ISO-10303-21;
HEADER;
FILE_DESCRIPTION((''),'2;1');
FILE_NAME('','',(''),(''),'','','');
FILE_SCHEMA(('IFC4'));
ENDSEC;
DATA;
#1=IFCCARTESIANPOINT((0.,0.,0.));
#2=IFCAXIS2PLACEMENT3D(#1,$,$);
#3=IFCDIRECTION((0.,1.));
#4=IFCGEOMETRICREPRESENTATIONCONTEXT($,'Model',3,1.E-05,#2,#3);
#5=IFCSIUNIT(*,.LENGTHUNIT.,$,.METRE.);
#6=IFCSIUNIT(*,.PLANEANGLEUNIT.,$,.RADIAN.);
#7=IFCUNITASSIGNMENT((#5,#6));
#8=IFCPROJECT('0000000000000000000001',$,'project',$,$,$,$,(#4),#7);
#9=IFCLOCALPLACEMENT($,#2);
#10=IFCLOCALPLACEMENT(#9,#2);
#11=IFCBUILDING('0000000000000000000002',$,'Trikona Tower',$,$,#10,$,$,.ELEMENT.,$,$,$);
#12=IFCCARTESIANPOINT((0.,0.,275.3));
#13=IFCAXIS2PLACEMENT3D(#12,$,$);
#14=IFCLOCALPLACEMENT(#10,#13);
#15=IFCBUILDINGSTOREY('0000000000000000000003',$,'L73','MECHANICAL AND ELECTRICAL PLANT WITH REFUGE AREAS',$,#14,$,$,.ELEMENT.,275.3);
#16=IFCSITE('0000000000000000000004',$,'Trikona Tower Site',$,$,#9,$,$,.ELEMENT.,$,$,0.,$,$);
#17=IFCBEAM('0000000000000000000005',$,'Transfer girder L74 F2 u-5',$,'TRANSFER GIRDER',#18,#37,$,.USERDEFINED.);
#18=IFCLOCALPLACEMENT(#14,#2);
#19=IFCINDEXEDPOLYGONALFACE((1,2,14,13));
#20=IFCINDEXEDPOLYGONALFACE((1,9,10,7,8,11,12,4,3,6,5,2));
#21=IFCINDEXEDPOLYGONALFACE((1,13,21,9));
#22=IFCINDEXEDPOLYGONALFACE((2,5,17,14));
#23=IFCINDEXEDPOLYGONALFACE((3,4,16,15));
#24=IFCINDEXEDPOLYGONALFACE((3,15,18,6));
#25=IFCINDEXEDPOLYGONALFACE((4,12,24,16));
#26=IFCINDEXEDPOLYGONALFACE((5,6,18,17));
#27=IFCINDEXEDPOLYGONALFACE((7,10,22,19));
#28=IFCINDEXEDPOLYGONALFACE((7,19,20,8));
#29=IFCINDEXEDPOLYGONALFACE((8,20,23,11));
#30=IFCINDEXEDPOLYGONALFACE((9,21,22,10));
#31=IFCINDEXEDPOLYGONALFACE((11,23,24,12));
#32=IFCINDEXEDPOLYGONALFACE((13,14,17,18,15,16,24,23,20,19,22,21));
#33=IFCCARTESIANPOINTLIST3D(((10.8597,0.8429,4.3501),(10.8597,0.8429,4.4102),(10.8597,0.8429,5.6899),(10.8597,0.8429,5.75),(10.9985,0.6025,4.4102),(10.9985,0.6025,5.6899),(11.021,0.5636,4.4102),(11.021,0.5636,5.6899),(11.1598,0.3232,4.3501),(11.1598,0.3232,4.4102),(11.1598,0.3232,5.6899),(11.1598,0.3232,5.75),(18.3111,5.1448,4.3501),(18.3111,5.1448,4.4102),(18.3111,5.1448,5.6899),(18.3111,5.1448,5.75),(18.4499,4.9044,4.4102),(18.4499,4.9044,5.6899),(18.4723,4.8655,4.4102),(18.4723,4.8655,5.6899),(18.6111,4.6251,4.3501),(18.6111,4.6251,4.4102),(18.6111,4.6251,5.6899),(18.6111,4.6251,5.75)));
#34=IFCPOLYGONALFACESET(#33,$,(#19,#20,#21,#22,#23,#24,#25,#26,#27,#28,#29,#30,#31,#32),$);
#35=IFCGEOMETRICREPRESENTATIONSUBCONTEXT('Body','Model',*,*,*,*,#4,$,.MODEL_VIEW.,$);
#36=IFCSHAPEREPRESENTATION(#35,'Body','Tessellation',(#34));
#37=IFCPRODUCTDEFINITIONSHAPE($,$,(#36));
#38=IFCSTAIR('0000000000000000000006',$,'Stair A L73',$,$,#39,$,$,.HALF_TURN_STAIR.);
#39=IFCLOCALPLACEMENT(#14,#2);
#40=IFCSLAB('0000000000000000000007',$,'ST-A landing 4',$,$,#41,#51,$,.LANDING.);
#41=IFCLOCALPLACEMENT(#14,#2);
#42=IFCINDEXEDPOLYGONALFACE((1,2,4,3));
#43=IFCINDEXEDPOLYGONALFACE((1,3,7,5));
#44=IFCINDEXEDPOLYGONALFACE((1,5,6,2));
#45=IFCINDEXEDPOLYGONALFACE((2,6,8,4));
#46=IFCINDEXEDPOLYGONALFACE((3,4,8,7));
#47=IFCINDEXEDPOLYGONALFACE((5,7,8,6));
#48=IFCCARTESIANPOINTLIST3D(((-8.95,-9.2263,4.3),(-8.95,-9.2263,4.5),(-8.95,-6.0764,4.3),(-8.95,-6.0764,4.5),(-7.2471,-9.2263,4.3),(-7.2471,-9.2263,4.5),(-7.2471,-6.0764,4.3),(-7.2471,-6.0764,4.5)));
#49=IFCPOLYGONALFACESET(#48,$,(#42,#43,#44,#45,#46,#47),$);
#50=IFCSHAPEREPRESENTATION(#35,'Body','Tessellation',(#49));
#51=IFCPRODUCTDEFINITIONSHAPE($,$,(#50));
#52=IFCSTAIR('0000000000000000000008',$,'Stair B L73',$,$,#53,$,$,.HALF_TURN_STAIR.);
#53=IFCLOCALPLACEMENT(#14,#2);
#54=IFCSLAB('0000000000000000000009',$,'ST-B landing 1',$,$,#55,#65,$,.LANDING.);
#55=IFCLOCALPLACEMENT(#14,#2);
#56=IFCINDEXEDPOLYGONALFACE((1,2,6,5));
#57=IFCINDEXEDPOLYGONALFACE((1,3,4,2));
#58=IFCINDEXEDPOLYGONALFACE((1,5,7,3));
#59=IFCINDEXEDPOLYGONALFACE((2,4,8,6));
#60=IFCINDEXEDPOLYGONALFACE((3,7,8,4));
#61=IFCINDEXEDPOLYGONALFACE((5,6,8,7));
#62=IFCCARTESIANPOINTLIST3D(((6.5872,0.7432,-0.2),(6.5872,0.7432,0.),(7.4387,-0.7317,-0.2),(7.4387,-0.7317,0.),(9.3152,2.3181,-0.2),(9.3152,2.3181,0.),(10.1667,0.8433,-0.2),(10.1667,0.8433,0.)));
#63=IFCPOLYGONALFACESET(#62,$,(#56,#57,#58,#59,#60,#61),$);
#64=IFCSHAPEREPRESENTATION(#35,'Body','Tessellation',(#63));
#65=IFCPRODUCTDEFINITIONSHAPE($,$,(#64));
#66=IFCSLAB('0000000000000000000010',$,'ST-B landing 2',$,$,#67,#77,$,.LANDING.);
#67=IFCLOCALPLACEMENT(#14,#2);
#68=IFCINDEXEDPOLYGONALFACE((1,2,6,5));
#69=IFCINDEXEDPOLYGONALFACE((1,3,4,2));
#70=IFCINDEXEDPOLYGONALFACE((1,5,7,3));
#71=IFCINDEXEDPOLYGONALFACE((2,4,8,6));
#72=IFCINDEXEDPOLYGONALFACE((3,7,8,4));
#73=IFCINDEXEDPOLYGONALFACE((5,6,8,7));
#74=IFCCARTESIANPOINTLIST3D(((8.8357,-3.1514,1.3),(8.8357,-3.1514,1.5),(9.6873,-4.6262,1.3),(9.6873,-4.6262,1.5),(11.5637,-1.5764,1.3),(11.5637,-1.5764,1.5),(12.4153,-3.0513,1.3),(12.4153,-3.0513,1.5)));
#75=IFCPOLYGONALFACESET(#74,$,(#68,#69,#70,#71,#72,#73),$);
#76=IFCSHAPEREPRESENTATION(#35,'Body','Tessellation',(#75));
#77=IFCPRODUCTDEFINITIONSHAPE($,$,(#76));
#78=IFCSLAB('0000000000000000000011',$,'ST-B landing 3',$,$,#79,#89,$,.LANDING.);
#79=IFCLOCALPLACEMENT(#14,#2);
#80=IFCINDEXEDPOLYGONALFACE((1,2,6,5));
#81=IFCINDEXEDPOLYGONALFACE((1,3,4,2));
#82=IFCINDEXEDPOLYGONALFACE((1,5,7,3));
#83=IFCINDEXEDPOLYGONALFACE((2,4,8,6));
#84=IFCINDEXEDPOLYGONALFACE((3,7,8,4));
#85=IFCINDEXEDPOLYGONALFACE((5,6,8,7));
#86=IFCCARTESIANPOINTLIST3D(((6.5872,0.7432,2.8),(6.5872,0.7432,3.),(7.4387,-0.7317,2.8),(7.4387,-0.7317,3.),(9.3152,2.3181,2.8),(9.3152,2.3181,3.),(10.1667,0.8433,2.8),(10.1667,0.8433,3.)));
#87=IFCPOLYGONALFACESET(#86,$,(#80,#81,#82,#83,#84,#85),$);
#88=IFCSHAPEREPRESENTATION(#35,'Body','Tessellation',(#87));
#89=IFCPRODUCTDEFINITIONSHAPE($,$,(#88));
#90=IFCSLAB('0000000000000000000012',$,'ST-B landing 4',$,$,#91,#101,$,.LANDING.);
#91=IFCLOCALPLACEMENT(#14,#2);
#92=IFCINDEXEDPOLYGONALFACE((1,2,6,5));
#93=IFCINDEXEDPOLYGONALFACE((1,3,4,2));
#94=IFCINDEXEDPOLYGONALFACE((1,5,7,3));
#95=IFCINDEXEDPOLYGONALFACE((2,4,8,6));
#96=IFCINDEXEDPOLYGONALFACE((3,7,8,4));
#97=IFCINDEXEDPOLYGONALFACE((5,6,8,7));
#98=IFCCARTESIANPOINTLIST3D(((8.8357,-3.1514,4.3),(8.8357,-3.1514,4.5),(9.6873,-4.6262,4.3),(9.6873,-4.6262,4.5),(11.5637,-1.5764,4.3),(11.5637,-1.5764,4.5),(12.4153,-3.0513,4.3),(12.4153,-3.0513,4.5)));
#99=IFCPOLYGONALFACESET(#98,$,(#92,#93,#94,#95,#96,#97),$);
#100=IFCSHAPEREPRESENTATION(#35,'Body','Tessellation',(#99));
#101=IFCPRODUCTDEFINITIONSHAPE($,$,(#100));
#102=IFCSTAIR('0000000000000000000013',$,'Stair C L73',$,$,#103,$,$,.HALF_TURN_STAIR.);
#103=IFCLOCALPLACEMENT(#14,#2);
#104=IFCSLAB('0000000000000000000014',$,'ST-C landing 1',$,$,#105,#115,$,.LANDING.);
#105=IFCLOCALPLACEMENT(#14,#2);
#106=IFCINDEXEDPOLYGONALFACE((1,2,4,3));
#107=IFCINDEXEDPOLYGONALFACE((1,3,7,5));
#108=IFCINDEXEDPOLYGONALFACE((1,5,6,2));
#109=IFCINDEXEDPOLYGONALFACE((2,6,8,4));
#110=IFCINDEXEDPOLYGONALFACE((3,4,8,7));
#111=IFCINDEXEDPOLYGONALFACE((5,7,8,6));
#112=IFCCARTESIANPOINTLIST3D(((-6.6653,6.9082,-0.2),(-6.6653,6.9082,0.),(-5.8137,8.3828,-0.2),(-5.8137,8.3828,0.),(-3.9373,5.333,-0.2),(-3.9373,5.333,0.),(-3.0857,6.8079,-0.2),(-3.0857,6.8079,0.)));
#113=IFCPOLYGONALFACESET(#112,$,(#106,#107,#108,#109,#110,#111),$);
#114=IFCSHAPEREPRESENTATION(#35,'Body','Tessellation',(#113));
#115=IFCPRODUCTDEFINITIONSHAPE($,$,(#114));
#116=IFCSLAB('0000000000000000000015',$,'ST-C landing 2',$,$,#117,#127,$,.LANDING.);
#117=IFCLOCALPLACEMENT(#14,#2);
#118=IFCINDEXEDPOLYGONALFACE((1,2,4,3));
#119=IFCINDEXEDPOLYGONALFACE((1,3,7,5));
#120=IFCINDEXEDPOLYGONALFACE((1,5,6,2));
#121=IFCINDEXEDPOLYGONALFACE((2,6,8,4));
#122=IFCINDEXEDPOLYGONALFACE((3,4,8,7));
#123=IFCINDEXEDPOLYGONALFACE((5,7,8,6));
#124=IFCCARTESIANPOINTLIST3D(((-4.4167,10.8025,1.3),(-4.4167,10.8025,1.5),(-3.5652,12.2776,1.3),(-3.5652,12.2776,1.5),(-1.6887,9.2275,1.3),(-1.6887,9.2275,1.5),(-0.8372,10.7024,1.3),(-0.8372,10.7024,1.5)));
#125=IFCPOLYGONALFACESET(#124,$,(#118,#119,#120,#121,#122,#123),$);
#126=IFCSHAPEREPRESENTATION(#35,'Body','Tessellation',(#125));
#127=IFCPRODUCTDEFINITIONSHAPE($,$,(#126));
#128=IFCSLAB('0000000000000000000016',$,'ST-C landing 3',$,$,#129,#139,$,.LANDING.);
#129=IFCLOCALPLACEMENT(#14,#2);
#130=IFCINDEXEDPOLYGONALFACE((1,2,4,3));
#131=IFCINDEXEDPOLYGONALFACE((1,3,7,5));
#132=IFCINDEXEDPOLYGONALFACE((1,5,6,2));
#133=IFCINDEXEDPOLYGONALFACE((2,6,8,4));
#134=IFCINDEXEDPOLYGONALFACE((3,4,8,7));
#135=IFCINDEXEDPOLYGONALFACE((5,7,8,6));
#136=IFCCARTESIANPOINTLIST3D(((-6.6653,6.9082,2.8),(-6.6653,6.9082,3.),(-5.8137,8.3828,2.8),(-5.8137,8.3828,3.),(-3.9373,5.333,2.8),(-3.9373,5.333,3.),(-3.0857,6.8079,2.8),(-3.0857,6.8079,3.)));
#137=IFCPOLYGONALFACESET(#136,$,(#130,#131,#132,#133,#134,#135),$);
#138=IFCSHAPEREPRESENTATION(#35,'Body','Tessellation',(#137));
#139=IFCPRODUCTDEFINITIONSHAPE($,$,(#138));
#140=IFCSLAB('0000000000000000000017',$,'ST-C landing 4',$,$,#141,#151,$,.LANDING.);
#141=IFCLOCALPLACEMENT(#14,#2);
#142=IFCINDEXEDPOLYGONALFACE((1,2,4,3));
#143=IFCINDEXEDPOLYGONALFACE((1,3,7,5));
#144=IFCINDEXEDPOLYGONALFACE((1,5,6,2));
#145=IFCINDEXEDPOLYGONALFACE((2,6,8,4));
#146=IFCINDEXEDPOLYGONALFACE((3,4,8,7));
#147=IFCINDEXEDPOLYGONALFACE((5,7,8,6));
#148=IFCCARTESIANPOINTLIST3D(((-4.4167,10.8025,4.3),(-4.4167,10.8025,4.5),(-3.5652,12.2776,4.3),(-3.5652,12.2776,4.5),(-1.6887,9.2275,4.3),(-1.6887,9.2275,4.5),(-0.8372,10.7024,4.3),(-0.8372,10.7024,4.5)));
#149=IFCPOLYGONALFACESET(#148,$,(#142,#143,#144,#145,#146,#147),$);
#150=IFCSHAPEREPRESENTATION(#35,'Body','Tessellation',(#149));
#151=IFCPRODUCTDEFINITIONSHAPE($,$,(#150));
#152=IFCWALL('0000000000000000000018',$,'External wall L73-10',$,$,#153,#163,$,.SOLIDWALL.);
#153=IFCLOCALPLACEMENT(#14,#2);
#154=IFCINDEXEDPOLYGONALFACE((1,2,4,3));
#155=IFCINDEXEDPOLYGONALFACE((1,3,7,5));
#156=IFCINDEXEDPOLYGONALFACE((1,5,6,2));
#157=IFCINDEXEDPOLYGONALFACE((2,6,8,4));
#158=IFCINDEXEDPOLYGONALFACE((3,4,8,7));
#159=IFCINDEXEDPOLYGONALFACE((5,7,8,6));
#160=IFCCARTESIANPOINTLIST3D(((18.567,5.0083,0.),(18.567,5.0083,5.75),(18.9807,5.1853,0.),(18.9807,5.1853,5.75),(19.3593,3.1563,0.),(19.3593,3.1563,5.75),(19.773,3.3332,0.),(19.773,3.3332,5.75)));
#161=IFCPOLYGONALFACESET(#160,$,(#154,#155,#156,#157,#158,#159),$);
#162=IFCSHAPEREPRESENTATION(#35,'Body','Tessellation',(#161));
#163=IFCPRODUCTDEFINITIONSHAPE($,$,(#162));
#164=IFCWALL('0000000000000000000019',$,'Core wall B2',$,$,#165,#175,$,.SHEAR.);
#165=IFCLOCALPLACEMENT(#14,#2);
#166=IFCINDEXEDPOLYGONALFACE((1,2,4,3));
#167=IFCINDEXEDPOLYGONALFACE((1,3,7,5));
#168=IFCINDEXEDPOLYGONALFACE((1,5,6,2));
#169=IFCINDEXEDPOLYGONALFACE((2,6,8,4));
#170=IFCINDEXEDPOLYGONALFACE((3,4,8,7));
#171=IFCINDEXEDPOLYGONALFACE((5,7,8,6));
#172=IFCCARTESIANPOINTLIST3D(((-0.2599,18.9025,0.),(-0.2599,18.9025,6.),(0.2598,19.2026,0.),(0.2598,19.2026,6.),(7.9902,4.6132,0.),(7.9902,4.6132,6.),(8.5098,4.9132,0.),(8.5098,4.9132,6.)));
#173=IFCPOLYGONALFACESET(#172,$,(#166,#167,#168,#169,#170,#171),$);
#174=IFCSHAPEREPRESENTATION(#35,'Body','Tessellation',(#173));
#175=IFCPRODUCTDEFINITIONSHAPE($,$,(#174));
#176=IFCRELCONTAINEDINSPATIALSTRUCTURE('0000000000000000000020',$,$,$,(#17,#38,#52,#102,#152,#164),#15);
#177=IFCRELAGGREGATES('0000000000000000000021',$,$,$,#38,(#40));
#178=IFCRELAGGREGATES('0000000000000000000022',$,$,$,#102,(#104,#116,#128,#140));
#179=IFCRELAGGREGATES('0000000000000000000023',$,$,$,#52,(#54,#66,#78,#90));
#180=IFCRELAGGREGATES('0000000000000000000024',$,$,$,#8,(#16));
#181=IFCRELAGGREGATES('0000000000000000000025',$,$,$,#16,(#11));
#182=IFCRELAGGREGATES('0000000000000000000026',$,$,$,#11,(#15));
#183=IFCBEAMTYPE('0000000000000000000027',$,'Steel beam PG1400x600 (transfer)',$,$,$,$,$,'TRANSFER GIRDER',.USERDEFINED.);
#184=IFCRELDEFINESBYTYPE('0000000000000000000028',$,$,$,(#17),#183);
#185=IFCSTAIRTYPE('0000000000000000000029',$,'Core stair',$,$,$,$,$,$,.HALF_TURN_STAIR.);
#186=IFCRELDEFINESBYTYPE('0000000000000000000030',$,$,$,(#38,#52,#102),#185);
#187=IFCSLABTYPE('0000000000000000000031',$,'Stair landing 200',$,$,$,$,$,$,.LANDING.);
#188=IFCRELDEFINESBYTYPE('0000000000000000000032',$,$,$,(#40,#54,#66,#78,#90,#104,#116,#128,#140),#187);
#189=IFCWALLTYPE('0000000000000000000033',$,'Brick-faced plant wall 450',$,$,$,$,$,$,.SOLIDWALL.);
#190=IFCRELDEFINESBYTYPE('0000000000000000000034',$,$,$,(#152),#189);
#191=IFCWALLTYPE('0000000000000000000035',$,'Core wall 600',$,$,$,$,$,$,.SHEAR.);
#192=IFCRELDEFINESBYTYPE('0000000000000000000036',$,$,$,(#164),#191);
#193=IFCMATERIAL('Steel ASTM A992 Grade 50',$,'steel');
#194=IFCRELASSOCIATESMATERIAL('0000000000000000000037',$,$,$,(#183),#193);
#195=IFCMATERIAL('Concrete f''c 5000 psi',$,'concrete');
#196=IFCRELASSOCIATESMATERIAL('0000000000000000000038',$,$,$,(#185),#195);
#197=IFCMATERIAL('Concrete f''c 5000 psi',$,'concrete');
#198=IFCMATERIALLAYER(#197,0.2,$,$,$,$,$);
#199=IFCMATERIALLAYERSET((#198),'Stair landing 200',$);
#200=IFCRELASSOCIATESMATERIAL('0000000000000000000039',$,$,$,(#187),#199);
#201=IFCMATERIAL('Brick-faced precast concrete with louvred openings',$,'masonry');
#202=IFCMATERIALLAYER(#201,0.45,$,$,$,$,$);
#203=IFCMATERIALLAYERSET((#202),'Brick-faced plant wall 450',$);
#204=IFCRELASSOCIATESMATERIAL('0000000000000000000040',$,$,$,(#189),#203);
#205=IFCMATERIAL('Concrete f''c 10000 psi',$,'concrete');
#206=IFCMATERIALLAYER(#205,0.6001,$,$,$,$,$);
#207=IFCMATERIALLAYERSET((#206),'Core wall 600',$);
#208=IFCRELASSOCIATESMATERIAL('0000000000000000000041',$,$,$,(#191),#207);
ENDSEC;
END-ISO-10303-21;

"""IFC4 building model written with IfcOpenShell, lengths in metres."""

from ifc_helpers import new_model, si_unit, direction, frame, frame_2d, origin, origin_2d, place, context, subcontext, project, spatial, polyline, rectangle, i_section, outline, extrude, material, layer, layer_set, material_profile, profile_set, type_object, element, aggregate, save


model = new_model("IFC4")

# Units and contexts
model_context = context("Model", 3, precision=1e-05, world=origin(), true_north=direction((0.0, 1.0)))
body_context = subcontext(model_context, "Body", "Model", "MODEL_VIEW")
ifc_project = project(units=[si_unit("LENGTHUNIT", "METRE"), si_unit("PLANEANGLEUNIT", "RADIAN")], contexts=[model_context])

# Site, building, storey
site_placement = place(None, origin())
site = spatial("IfcSite", under=ifc_project, at=site_placement, Name="Trikona Tower Site", CompositionType="ELEMENT", RefElevation=0.0)
building_placement = place(site_placement, origin())
building = spatial("IfcBuilding", under=site, at=building_placement, Name="Trikona Tower", CompositionType="ELEMENT")
storey_placement = place(building_placement, frame((0.0, 0.0, 275.3)))
storey = spatial("IfcBuildingStorey", under=building, at=storey_placement, Name="L73", Description="MECHANICAL AND ELECTRICAL PLANT WITH REFUGE AREAS", CompositionType="ELEMENT", Elevation=275.3)

# Beam
ifc_material_1 = material(Name="Steel ASTM A992 Grade 50", Category="steel")
ifc_material_profile = material_profile(ifc_material_1, i_section(OverallWidth=0.6001, OverallDepth=1.3999, WebThickness=0.0449, FlangeThickness=0.0601, at=origin_2d()), Name="PG1400X600")
ifc_profile_set = profile_set([ifc_material_profile], Name="Steel ASTM A992 Grade 50")
beam_type = type_object("IfcBeamType", Name="Steel beam PG1400x600 (transfer)", ElementType="TRANSFER GIRDER", PredefinedType="USERDEFINED", material=ifc_profile_set)
beam_placement = place(storey_placement, frame((11.0098, 0.583, 5.05), z_axis=(0.866029, 0.499993, 0.0), x_axis=(-0.499993, 0.866029, 0.0)))
element("IfcBeam", 1, at=beam_placement, inside=storey, type_object=beam_type, Name="Transfer girder L74 F2 u-5", ObjectType="TRANSFER GIRDER", PredefinedType="USERDEFINED", context=body_context, shape_type="SweptSolid", body=[
    extrude(i_section(OverallWidth=0.6001, OverallDepth=1.3999, WebThickness=0.0449, FlangeThickness=0.0601, at=origin_2d()), origin(), (0.0, 0.0, 1.0), 8.604),
])

# Stair, slab
ifc_material_2 = material(Name="Concrete f'c 5000 psi", Category="concrete")
stair_type = type_object("IfcStairType", Name="Core stair", PredefinedType="HALF_TURN_STAIR", material=ifc_material_2)
stair_1_placement = place(storey_placement, origin())
stair_1 = element("IfcStair", 2, at=stair_1_placement, inside=storey, type_object=stair_type, Name="Stair A L73", PredefinedType="HALF_TURN_STAIR")
ifc_material_3 = material(Name="Concrete f'c 5000 psi", Category="concrete")
ifc_layer_1 = layer(ifc_material_3, 0.2)
ifc_layer_set_1 = layer_set([ifc_layer_1], Name="Stair landing 200")
slab_type = type_object("IfcSlabType", Name="Stair landing 200", PredefinedType="LANDING", material=ifc_layer_set_1)
slab_1_placement = place(storey_placement, frame((0.0, 0.0, 4.3)))
slab_1 = element("IfcSlab", 3, at=slab_1_placement, type_object=slab_type, Name="ST-A landing 4", PredefinedType="LANDING", context=body_context, shape_type="SweptSolid", body=[
    extrude(outline(polyline([(-8.95, -6.0764), (-7.2471, -6.0764), (-7.2471, -9.2263), (-8.95, -9.2263), (-8.95, -6.0764)])), origin(), (0.0, 0.0, 1.0), 0.2),
])
aggregate(stair_1, [slab_1])

# Stairs, slabs
stair_2_placement = place(storey_placement, origin())
stair_2 = element("IfcStair", 4, at=stair_2_placement, inside=storey, type_object=stair_type, Name="Stair B L73", PredefinedType="HALF_TURN_STAIR")
slab_2_placement = place(storey_placement, frame((0.0, 0.0, -0.2)))
slab_2 = element("IfcSlab", 5, at=slab_2_placement, type_object=slab_type, Name="ST-B landing 1", PredefinedType="LANDING", context=body_context, shape_type="SweptSolid", body=[
    extrude(outline(polyline([(7.4387, -0.7317), (6.5872, 0.7432), (9.3152, 2.3181), (10.1667, 0.8433), (7.4387, -0.7317)])), origin(), (0.0, 0.0, 1.0), 0.2),
])
slab_3_placement = place(storey_placement, frame((0.0, 0.0, 1.3)))
slab_3 = element("IfcSlab", 6, at=slab_3_placement, type_object=slab_type, Name="ST-B landing 2", PredefinedType="LANDING", context=body_context, shape_type="SweptSolid", body=[
    extrude(outline(polyline([(9.6873, -4.6262), (8.8357, -3.1514), (11.5637, -1.5764), (12.4153, -3.0513), (9.6873, -4.6262)])), origin(), (0.0, 0.0, 1.0), 0.2),
])
slab_4_placement = place(storey_placement, frame((0.0, 0.0, 2.8)))
slab_4 = element("IfcSlab", 7, at=slab_4_placement, type_object=slab_type, Name="ST-B landing 3", PredefinedType="LANDING", context=body_context, shape_type="SweptSolid", body=[
    extrude(outline(polyline([(7.4387, -0.7317), (6.5872, 0.7432), (9.3152, 2.3181), (10.1667, 0.8433), (7.4387, -0.7317)])), origin(), (0.0, 0.0, 1.0), 0.2),
])
slab_5_placement = place(storey_placement, frame((0.0, 0.0, 4.3)))
slab_5 = element("IfcSlab", 8, at=slab_5_placement, type_object=slab_type, Name="ST-B landing 4", PredefinedType="LANDING", context=body_context, shape_type="SweptSolid", body=[
    extrude(outline(polyline([(9.6873, -4.6262), (8.8357, -3.1514), (11.5637, -1.5764), (12.4153, -3.0513), (9.6873, -4.6262)])), origin(), (0.0, 0.0, 1.0), 0.2),
])
stair_3_placement = place(storey_placement, origin())
stair_3 = element("IfcStair", 9, at=stair_3_placement, inside=storey, type_object=stair_type, Name="Stair C L73", PredefinedType="HALF_TURN_STAIR")
slab_6_placement = place(storey_placement, frame((0.0, 0.0, -0.2)))
slab_6 = element("IfcSlab", 10, at=slab_6_placement, type_object=slab_type, Name="ST-C landing 1", PredefinedType="LANDING", context=body_context, shape_type="SweptSolid", body=[
    extrude(outline(polyline([(-3.0857, 6.8079), (-3.9373, 5.333), (-6.6653, 6.9082), (-5.8137, 8.3828), (-3.0857, 6.8079)])), origin(), (0.0, 0.0, 1.0), 0.2),
])
slab_7_placement = place(storey_placement, frame((0.0, 0.0, 1.3)))
slab_7 = element("IfcSlab", 11, at=slab_7_placement, type_object=slab_type, Name="ST-C landing 2", PredefinedType="LANDING", context=body_context, shape_type="SweptSolid", body=[
    extrude(outline(polyline([(-0.8372, 10.7024), (-1.6887, 9.2275), (-4.4167, 10.8025), (-3.5652, 12.2776), (-0.8372, 10.7024)])), origin(), (0.0, 0.0, 1.0), 0.2),
])
slab_8_placement = place(storey_placement, frame((0.0, 0.0, 2.8)))
slab_8 = element("IfcSlab", 12, at=slab_8_placement, type_object=slab_type, Name="ST-C landing 3", PredefinedType="LANDING", context=body_context, shape_type="SweptSolid", body=[
    extrude(outline(polyline([(-3.0857, 6.8079), (-3.9373, 5.333), (-6.6653, 6.9082), (-5.8137, 8.3828), (-3.0857, 6.8079)])), origin(), (0.0, 0.0, 1.0), 0.2),
])
slab_9_placement = place(storey_placement, frame((0.0, 0.0, 4.3)))
slab_9 = element("IfcSlab", 13, at=slab_9_placement, type_object=slab_type, Name="ST-C landing 4", PredefinedType="LANDING", context=body_context, shape_type="SweptSolid", body=[
    extrude(outline(polyline([(-0.8372, 10.7024), (-1.6887, 9.2275), (-4.4167, 10.8025), (-3.5652, 12.2776), (-0.8372, 10.7024)])), origin(), (0.0, 0.0, 1.0), 0.2),
])
aggregate(stair_3, [slab_6, slab_7, slab_8, slab_9])

# Walls
ifc_material_4 = material(Name="Brick-faced precast concrete with louvred openings", Category="masonry")
ifc_layer_2 = layer(ifc_material_4, 0.45)
ifc_layer_set_2 = layer_set([ifc_layer_2], Name="Brick-faced plant wall 450")
wall_type_1 = type_object("IfcWallType", Name="Brick-faced plant wall 450", PredefinedType="SOLIDWALL", material=ifc_layer_set_2)
wall_1_placement = place(storey_placement, frame((19.5662, 3.2446, 0.0), z_axis=(0.0, 0.0, 1.0), x_axis=(-0.39329, 0.919414, 0.0)))
element("IfcWall", 14, at=wall_1_placement, inside=storey, type_object=wall_type_1, Name="External wall L73-10", PredefinedType="SOLIDWALL", context=body_context, shape_type="SweptSolid", body=[
    extrude(rectangle(XDim=2.0144, YDim=0.45, at=frame_2d((1.0073, 0.0))), origin(), (0.0, 0.0, 1.0), 5.75),
])
ifc_material_5 = material(Name="Concrete f'c 10000 psi", Category="concrete")
ifc_layer_3 = layer(ifc_material_5, 0.6001)
ifc_layer_set_3 = layer_set([ifc_layer_3], Name="Core wall 600")
wall_type_2 = type_object("IfcWallType", Name="Core wall 600", PredefinedType="SHEAR", material=ifc_layer_set_3)
wall_2_placement = place(storey_placement, frame((8.25, 4.7632, 0.0), z_axis=(0.0, 0.0, 1.0), x_axis=(-0.500003, 0.866024, 0.0)))
element("IfcWall", 15, at=wall_2_placement, inside=storey, type_object=wall_type_2, Name="Core wall B2", PredefinedType="SHEAR", context=body_context, shape_type="SweptSolid", body=[
    extrude(rectangle(XDim=16.5, YDim=0.6001, at=frame_2d((8.25, 0.0))), origin(), (0.0, 0.0, 1.0), 6.0),
])

aggregate(stair_2, [slab_2, slab_3, slab_4, slab_5])

save(model, "model.ifc")
